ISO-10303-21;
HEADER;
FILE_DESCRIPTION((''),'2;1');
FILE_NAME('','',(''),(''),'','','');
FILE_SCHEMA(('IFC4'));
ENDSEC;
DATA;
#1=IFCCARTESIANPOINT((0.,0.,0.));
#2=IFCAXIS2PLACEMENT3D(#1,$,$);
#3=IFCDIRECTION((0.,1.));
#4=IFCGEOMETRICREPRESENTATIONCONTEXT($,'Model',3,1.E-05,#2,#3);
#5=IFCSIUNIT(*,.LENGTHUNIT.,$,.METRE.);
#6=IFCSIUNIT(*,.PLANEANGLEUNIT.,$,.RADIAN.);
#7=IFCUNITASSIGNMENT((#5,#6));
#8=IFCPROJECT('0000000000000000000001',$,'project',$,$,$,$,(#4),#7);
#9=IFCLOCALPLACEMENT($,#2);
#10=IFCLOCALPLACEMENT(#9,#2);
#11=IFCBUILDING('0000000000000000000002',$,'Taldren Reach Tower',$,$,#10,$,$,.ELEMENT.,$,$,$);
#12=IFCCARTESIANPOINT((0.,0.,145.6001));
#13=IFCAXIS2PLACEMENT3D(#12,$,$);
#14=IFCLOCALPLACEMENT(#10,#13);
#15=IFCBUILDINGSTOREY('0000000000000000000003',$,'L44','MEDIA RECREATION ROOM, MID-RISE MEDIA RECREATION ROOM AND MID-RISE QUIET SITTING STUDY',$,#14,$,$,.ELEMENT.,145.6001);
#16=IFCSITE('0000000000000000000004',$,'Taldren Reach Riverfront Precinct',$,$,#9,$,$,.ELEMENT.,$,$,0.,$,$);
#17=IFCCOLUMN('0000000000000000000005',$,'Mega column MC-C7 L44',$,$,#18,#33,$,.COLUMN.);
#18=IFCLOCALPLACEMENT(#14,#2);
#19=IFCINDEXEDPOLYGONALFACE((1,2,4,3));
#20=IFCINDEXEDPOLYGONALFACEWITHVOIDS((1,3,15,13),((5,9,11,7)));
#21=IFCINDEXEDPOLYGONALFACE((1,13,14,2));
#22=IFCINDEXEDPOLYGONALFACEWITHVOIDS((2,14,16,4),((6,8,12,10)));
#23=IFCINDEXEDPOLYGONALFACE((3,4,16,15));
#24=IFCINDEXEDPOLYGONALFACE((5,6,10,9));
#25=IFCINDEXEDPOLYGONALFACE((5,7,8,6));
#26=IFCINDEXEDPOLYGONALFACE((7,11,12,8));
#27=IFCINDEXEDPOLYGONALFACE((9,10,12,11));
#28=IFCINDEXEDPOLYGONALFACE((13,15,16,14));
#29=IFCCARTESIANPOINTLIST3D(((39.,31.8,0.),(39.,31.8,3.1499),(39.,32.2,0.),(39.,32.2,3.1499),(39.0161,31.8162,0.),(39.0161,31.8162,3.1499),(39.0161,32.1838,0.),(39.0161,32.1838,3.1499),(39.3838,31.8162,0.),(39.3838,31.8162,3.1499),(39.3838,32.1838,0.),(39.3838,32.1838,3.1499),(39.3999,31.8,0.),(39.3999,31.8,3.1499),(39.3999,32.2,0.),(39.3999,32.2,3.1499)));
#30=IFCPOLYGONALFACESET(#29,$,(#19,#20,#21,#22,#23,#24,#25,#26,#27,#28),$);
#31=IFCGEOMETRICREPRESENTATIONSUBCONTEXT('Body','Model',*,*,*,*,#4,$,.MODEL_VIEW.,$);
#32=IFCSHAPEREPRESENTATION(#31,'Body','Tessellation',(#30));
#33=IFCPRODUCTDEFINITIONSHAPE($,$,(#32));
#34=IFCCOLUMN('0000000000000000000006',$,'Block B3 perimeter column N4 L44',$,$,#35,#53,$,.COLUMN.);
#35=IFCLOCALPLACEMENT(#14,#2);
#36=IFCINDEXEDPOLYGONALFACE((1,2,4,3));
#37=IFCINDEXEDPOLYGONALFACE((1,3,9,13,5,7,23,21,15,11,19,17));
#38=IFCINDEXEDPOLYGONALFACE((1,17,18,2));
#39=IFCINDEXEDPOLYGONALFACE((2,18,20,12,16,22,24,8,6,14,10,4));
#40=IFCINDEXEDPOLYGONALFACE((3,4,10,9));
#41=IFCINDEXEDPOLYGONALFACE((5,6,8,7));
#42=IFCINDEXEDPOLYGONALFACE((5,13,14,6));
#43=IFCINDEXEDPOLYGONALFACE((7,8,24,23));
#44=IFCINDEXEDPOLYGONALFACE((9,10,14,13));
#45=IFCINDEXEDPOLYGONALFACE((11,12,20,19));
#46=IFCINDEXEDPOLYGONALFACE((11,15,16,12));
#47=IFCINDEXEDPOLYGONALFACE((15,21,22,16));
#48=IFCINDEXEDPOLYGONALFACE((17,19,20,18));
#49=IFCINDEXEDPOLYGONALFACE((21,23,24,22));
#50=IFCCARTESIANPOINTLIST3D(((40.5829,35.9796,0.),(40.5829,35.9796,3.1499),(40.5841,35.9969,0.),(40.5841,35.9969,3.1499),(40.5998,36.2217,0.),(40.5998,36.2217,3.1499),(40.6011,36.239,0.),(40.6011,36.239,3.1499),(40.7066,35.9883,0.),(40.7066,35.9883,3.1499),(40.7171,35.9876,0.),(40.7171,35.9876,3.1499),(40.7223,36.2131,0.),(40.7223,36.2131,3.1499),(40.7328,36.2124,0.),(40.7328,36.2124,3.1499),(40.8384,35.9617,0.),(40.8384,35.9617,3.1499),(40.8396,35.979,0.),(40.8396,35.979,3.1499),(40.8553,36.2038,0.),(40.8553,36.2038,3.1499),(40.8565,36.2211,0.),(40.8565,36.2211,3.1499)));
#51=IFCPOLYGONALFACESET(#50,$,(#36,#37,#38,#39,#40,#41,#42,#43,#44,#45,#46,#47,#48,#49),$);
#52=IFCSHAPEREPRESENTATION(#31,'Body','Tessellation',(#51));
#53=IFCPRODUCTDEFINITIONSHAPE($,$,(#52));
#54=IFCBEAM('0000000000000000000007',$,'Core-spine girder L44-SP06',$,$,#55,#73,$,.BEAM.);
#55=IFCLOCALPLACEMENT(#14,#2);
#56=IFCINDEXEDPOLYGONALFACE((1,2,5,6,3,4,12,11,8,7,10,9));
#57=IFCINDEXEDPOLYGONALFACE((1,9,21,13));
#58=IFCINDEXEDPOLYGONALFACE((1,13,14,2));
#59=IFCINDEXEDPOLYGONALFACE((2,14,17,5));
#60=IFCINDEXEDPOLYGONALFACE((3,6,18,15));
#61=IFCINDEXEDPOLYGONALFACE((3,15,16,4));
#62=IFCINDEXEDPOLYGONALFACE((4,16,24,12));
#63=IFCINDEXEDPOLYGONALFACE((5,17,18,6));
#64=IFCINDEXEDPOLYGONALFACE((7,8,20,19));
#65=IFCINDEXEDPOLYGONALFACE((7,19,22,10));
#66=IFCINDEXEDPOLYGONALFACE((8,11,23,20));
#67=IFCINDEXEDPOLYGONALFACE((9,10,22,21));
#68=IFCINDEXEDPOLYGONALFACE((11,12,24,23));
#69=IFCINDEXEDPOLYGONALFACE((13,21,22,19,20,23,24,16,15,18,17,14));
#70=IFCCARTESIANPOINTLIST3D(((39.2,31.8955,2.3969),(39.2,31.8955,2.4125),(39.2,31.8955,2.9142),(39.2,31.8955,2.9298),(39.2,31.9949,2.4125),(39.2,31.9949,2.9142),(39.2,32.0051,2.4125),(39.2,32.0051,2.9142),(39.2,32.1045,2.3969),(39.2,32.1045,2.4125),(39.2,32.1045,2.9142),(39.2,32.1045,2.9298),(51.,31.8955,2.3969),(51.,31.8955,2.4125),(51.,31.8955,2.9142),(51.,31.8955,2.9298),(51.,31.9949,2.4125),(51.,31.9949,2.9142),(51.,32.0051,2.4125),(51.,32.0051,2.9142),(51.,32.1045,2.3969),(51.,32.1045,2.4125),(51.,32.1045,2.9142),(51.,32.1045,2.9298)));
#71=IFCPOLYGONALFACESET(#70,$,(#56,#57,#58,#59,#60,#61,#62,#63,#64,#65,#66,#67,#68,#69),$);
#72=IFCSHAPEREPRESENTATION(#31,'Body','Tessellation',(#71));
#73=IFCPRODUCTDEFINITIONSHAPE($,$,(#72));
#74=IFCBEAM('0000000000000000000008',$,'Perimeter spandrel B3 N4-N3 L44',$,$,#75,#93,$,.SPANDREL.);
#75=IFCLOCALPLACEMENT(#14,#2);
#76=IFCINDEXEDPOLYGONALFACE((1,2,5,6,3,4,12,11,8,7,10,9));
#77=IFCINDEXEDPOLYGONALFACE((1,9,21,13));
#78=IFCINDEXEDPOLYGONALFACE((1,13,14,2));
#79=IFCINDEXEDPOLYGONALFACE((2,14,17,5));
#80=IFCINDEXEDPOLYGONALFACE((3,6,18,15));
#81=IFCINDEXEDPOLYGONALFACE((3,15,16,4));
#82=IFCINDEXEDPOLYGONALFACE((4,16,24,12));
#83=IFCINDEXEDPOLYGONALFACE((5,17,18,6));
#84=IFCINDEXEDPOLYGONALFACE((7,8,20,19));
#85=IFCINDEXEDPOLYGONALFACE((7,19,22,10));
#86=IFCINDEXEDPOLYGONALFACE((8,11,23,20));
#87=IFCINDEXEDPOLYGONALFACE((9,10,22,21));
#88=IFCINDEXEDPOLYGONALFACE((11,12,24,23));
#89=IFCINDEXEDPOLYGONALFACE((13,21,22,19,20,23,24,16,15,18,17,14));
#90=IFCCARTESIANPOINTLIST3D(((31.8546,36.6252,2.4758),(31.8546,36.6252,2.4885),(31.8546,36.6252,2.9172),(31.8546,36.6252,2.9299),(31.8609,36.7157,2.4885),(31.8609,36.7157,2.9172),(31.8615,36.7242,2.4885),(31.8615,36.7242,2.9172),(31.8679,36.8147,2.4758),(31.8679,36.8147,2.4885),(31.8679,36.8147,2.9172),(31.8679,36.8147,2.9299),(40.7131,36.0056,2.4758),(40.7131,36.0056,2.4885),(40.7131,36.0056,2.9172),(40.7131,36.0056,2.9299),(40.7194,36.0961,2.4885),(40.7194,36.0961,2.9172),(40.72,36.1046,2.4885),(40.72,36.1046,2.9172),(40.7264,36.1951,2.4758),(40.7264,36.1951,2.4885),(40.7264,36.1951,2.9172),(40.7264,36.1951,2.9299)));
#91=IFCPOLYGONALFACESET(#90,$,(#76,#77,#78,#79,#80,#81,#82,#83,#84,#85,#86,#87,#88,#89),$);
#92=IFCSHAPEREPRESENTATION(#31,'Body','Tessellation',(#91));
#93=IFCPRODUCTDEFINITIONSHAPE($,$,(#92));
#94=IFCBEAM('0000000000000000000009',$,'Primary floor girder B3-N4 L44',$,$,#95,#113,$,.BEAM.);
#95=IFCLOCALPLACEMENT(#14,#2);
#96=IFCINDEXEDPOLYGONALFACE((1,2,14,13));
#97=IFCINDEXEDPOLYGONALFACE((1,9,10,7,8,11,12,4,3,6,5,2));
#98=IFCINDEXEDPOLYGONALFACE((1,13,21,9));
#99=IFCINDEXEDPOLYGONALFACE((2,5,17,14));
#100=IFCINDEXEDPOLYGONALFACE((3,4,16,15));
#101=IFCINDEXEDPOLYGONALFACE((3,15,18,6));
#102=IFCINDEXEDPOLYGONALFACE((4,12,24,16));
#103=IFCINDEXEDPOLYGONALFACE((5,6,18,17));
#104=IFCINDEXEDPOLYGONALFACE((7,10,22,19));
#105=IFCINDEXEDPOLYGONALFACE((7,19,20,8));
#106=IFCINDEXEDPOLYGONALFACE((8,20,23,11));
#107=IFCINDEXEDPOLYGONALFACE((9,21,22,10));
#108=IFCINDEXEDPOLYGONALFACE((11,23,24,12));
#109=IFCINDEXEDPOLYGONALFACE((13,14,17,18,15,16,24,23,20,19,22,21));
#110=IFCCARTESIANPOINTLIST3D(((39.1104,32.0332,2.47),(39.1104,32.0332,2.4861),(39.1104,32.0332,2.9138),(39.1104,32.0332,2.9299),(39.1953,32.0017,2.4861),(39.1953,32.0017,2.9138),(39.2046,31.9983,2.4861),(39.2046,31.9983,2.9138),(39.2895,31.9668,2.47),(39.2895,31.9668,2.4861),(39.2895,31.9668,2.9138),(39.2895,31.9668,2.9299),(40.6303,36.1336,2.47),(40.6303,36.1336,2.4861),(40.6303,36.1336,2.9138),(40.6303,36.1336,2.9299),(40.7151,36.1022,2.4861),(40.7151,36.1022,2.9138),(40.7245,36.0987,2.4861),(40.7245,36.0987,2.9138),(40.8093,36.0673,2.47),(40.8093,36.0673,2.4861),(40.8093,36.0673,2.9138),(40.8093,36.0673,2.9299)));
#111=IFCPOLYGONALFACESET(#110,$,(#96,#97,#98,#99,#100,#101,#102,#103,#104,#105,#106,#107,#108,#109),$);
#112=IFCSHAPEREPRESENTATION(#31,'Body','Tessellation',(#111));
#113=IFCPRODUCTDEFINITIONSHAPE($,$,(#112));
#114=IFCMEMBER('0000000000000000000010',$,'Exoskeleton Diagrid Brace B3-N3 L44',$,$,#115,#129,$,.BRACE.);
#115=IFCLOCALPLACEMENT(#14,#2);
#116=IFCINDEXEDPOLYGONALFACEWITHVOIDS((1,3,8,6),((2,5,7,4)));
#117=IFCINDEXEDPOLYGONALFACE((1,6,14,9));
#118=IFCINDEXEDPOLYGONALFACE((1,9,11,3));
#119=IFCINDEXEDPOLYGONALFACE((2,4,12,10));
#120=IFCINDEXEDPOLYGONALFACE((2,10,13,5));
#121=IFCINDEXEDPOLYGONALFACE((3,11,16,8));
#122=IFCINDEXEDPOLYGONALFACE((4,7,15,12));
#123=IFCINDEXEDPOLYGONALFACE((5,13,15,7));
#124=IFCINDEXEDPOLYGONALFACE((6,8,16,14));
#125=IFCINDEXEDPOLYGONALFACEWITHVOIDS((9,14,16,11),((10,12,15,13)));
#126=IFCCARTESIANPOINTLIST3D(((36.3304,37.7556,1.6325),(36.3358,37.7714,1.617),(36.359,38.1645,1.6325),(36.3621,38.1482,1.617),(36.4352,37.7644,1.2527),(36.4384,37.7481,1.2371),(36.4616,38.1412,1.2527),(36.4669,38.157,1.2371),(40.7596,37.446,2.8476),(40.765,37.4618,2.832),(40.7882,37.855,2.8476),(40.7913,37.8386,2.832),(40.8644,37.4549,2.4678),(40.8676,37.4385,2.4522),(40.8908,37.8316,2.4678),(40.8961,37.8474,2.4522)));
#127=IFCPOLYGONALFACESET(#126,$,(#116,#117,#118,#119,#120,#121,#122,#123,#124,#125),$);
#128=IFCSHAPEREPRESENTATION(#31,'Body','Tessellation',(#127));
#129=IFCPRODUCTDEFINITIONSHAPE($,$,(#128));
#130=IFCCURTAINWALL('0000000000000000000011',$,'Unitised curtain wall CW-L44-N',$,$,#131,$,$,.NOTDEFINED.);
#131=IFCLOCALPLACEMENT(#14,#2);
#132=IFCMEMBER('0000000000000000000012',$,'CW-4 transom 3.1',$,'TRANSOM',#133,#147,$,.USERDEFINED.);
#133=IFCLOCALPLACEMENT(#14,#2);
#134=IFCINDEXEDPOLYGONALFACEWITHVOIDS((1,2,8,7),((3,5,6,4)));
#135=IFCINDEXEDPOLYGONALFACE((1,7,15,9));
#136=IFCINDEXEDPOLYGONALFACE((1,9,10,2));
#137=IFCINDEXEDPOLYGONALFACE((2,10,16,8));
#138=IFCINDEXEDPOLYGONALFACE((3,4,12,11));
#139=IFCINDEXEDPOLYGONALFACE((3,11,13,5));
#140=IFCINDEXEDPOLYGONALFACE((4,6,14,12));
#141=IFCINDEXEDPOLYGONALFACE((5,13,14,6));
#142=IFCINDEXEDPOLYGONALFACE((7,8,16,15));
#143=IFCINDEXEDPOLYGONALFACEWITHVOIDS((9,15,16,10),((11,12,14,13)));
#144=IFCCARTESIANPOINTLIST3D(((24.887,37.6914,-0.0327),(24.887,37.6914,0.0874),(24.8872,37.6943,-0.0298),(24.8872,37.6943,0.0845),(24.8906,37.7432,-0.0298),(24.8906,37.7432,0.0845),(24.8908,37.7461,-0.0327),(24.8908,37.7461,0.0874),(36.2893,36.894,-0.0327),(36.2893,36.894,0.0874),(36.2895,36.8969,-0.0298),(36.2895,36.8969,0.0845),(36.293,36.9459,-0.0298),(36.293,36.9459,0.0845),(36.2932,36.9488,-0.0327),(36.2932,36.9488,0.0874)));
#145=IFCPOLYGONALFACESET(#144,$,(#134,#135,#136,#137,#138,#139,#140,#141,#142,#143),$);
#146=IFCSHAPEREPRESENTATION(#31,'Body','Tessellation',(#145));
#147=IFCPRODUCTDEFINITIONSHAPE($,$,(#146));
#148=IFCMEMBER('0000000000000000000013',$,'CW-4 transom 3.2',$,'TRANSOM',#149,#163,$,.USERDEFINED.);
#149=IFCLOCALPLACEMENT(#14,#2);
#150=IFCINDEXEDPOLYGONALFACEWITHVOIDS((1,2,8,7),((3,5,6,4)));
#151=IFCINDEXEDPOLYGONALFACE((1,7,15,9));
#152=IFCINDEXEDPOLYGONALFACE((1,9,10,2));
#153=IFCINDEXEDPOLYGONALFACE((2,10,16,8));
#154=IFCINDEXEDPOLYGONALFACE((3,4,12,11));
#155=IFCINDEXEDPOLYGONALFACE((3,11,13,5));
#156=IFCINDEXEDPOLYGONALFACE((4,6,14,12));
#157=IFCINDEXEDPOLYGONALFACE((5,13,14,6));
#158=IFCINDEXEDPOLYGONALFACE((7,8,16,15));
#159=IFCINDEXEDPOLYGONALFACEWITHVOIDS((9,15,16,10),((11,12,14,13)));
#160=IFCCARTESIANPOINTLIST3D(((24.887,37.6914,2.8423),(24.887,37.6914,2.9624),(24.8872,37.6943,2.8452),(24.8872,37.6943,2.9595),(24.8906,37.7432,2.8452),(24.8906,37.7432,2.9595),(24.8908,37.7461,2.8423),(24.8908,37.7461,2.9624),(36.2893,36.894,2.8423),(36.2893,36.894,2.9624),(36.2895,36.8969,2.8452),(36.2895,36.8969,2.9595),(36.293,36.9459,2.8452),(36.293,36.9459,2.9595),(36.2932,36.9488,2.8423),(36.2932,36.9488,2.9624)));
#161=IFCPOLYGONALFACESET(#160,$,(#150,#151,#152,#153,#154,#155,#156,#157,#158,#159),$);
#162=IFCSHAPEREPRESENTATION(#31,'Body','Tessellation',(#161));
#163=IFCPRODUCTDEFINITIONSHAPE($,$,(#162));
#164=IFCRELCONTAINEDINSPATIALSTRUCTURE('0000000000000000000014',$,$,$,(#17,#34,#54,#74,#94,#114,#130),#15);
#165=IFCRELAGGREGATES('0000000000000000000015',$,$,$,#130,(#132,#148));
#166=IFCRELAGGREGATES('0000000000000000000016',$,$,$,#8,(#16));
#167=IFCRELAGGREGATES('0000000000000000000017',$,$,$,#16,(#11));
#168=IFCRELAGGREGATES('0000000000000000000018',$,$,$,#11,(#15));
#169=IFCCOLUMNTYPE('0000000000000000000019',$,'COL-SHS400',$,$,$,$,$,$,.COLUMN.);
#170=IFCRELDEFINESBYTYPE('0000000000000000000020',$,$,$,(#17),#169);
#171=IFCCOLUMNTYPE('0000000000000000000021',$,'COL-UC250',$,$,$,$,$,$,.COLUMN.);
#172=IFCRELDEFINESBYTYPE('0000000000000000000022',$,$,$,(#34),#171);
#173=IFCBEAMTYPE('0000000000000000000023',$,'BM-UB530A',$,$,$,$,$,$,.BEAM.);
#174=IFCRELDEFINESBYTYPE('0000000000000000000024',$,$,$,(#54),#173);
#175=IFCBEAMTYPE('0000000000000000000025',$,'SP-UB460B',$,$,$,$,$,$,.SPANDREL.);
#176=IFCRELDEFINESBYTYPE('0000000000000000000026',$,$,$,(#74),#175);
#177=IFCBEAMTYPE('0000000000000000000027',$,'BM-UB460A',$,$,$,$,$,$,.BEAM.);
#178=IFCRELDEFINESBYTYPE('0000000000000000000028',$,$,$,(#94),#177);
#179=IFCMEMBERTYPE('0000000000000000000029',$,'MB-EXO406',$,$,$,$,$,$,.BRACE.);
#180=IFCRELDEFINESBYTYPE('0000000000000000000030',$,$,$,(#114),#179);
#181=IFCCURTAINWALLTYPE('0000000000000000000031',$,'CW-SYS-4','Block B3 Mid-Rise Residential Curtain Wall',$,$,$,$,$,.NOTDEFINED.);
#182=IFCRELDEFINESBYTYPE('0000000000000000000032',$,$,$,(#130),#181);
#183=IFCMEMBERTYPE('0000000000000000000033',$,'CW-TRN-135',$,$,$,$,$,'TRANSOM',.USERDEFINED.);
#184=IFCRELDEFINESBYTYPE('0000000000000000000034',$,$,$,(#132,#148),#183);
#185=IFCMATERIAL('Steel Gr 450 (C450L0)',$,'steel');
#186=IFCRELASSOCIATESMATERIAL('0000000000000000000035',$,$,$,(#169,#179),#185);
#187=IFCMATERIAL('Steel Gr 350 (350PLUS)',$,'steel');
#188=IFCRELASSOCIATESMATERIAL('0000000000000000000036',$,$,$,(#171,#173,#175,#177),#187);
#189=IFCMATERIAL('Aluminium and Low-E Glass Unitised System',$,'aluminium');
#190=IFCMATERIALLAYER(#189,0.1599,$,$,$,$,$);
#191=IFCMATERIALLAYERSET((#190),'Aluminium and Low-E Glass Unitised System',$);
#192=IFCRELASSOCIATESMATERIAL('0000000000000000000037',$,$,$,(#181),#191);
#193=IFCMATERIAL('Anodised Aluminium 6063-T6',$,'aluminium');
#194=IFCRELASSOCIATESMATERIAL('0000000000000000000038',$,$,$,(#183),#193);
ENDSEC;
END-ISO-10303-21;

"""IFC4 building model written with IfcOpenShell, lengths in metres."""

from ifc_helpers import new_model, si_unit, direction, frame, origin, origin_2d, place, context, subcontext, project, spatial, hollow_rectangle, i_section, extrude, source, transform, mapped, material, layer, layer_set, material_profile, profile_set, type_object, element, aggregate, save


model = new_model("IFC4")

# Units and contexts
model_context = context("Model", 3, precision=1e-05, world=origin(), true_north=direction((0.0, 1.0)))
body_context = subcontext(model_context, "Body", "Model", "MODEL_VIEW")
ifc_project = project(units=[si_unit("LENGTHUNIT", "METRE"), si_unit("PLANEANGLEUNIT", "RADIAN")], contexts=[model_context])

# Site, building, storey
site_placement = place(None, origin())
site = spatial("IfcSite", under=ifc_project, at=site_placement, Name="Taldren Reach Riverfront Precinct", CompositionType="ELEMENT", RefElevation=0.0)
building_placement = place(site_placement, origin())
building = spatial("IfcBuilding", under=site, at=building_placement, Name="Taldren Reach Tower", CompositionType="ELEMENT")
storey_placement = place(building_placement, frame((0.0, 0.0, 145.6001)))
storey = spatial("IfcBuildingStorey", under=building, at=storey_placement, Name="L44", Description="MEDIA RECREATION ROOM, MID-RISE MEDIA RECREATION ROOM AND MID-RISE QUIET SITTING STUDY", CompositionType="ELEMENT", Elevation=145.6001)

# Columns
ifc_material_1 = material(Name="Steel Gr 450 (C450L0)", Category="steel")
ifc_material_profile_1 = material_profile(ifc_material_1, hollow_rectangle(XDim=0.3999, YDim=0.3999, WallThickness=0.0161, at=origin_2d()), Name="400x400x16.0SHS")
ifc_profile_set_1 = profile_set([ifc_material_profile_1], Name="Steel Gr 450 (C450L0)")
column_type_1 = type_object("IfcColumnType", Name="COL-SHS400", PredefinedType="COLUMN", material=ifc_profile_set_1)
shared_shape_1 = source(origin(), body_context, "Body", "SweptSolid", [
    extrude(hollow_rectangle(XDim=0.3999, YDim=0.3999, WallThickness=0.0161, at=origin_2d()), origin(), (0.0, 0.0, 1.0), 3.1499),
])
column_1_placement = place(storey_placement, frame((39.2, 32.0, 0.0), z_axis=(0.0, 0.0, 1.0), x_axis=(1.0, 0.0, 0.0)))
element("IfcColumn", 1, at=column_1_placement, inside=storey, type_object=column_type_1, Name="Mega column MC-C7 L44", PredefinedType="COLUMN", context=body_context, shape_type="MappedRepresentation", body=[
    mapped(shared_shape_1, transform((0.0, 0.0, 0.0), scale=1.0)),
])
ifc_material_2 = material(Name="Steel Gr 350 (350PLUS)", Category="steel")
ifc_material_profile_2 = material_profile(ifc_material_2, i_section(OverallWidth=0.2561, OverallDepth=0.26, WebThickness=0.0105, FlangeThickness=0.0173, at=origin_2d()), Name="250UC89.5")
ifc_profile_set_2 = profile_set([ifc_material_profile_2], Name="Steel Gr 350 (350PLUS)")
column_type_2 = type_object("IfcColumnType", Name="COL-UC250", PredefinedType="COLUMN", material=ifc_profile_set_2)
shared_shape_2 = source(origin(), body_context, "Body", "SweptSolid", [
    extrude(i_section(OverallWidth=0.2561, OverallDepth=0.26, WebThickness=0.0105, FlangeThickness=0.0173, at=origin_2d()), origin(), (0.0, 0.0, 1.0), 3.1499),
])
column_2_placement = place(storey_placement, frame((40.7197, 36.1003, 0.0), z_axis=(0.0, 0.0, 1.0), x_axis=(0.997564, -0.069756, 0.0)))
element("IfcColumn", 2, at=column_2_placement, inside=storey, type_object=column_type_2, Name="Block B3 perimeter column N4 L44", PredefinedType="COLUMN", context=body_context, shape_type="MappedRepresentation", body=[
    mapped(shared_shape_2, transform((0.0, 0.0, 0.0), scale=1.0)),
])

# Beams
ifc_material_profile_3 = material_profile(ifc_material_2, i_section(OverallWidth=0.209, OverallDepth=0.533, WebThickness=0.0103, FlangeThickness=0.0156, at=origin_2d()), Name="530UB92.4")
ifc_profile_set_3 = profile_set([ifc_material_profile_3], Name="Steel Gr 350 (350PLUS)")
beam_type_1 = type_object("IfcBeamType", Name="BM-UB530A", PredefinedType="BEAM", material=ifc_profile_set_3)
shared_shape_3 = source(origin(), body_context, "Body", "SweptSolid", [
    extrude(i_section(OverallWidth=0.209, OverallDepth=0.533, WebThickness=0.0103, FlangeThickness=0.0156, at=origin_2d()), origin(), (0.0, 0.0, 1.0), 11.8),
])
beam_1_placement = place(storey_placement, frame((39.2, 32.0, 2.6633), z_axis=(1.0, 0.0, 0.0), x_axis=(0.0, 1.0, 0.0)))
element("IfcBeam", 3, at=beam_1_placement, inside=storey, type_object=beam_type_1, Name="Core-spine girder L44-SP06", PredefinedType="BEAM", context=body_context, shape_type="MappedRepresentation", body=[
    mapped(shared_shape_3, transform((0.0, 0.0, 0.0), scale=1.0)),
])
ifc_material_profile_4 = material_profile(ifc_material_2, i_section(OverallWidth=0.1899, OverallDepth=0.4541, WebThickness=0.0085, FlangeThickness=0.0127, at=origin_2d()), Name="460UB67.1")
ifc_profile_set_4 = profile_set([ifc_material_profile_4], Name="Steel Gr 350 (350PLUS)")
beam_type_2 = type_object("IfcBeamType", Name="SP-UB460B", PredefinedType="SPANDREL", material=ifc_profile_set_4)
shared_shape_4 = source(origin(), body_context, "Body", "SweptSolid", [
    extrude(i_section(OverallWidth=0.1899, OverallDepth=0.4541, WebThickness=0.0085, FlangeThickness=0.0127, at=origin_2d()), origin(), (0.0, 0.0, 1.0), 8.8801),
])
beam_2_placement = place(storey_placement, frame((40.7197, 36.1003, 2.7029), z_axis=(-0.997563, 0.069778, 0.0), x_axis=(-0.069778, -0.997563, 0.0)))
element("IfcBeam", 4, at=beam_2_placement, inside=storey, type_object=beam_type_2, Name="Perimeter spandrel B3 N4-N3 L44", PredefinedType="SPANDREL", context=body_context, shape_type="MappedRepresentation", body=[
    mapped(shared_shape_4, transform((0.0, 0.0, 0.0), scale=1.0)),
])
ifc_material_profile_5 = material_profile(ifc_material_2, i_section(OverallWidth=0.1909, OverallDepth=0.46, WebThickness=0.01, FlangeThickness=0.0161, at=origin_2d()), Name="460UB82.1")
ifc_profile_set_5 = profile_set([ifc_material_profile_5], Name="Steel Gr 350 (350PLUS)")
beam_type_3 = type_object("IfcBeamType", Name="BM-UB460A", PredefinedType="BEAM", material=ifc_profile_set_5)
shared_shape_5 = source(origin(), body_context, "Body", "SweptSolid", [
    extrude(i_section(OverallWidth=0.1909, OverallDepth=0.46, WebThickness=0.01, FlangeThickness=0.0161, at=origin_2d()), origin(), (0.0, 0.0, 1.0), 4.373),
])
beam_3_placement = place(storey_placement, frame((39.2, 32.0, 2.7), z_axis=(0.347542, 0.937665, 0.0), x_axis=(-0.937665, 0.347542, 0.0)))
element("IfcBeam", 5, at=beam_3_placement, inside=storey, type_object=beam_type_3, Name="Primary floor girder B3-N4 L44", PredefinedType="BEAM", context=body_context, shape_type="MappedRepresentation", body=[
    mapped(shared_shape_5, transform((0.0, 0.0, 0.0), scale=1.0)),
])

# Member
ifc_material_profile_6 = material_profile(ifc_material_1, hollow_rectangle(XDim=0.4099, YDim=0.4099, WallThickness=0.0161, at=origin_2d()), Name="410x410x16.0SHS")
ifc_profile_set_6 = profile_set([ifc_material_profile_6], Name="Steel Gr 450 (C450L0)")
member_type_1 = type_object("IfcMemberType", Name="MB-EXO406", PredefinedType="BRACE", material=ifc_profile_set_6)
shared_shape_6 = source(origin(), body_context, "Body", "SweptSolid", [
    extrude(hollow_rectangle(XDim=0.4099, YDim=0.4099, WallThickness=0.0161, at=origin_2d()), origin(), (0.0, 0.0, 1.0), 4.6033),
])
member_1_placement = place(storey_placement, frame((36.3987, 37.9563, 1.4348), z_axis=(0.962186, -0.06725, 0.263962), x_axis=(0.069723, 0.997566, 0.0)))
element("IfcMember", 6, at=member_1_placement, inside=storey, type_object=member_type_1, Name="Exoskeleton Diagrid Brace B3-N3 L44", PredefinedType="BRACE", context=body_context, shape_type="MappedRepresentation", body=[
    mapped(shared_shape_6, transform((0.0, 0.0, 0.0), scale=1.0)),
])

# Curtain wall, members
ifc_material_3 = material(Name="Aluminium and Low-E Glass Unitised System", Category="aluminium")
ifc_layer_1 = layer(ifc_material_3, 0.1599)
ifc_layer_set_1 = layer_set([ifc_layer_1], Name="Aluminium and Low-E Glass Unitised System")
curtain_wall_type = type_object("IfcCurtainWallType", Name="CW-SYS-4", Description="Block B3 Mid-Rise Residential Curtain Wall", PredefinedType="NOTDEFINED", material=ifc_layer_set_1)
curtain_wall_placement = place(storey_placement, origin())
curtain_wall = element("IfcCurtainWall", 7, at=curtain_wall_placement, inside=storey, type_object=curtain_wall_type, Name="Unitised curtain wall CW-L44-N", PredefinedType="NOTDEFINED")
ifc_material_4 = material(Name="Anodised Aluminium 6063-T6", Category="aluminium")
ifc_material_profile_7 = material_profile(ifc_material_4, hollow_rectangle(XDim=0.0549, YDim=0.1201, WallThickness=0.0029, at=origin_2d()), Name="ALU-120x55x3RHS")
ifc_profile_set_7 = profile_set([ifc_material_profile_7], Name="Anodised Aluminium 6063-T6")
member_type_2 = type_object("IfcMemberType", Name="CW-TRN-135", ElementType="TRANSOM", PredefinedType="USERDEFINED", material=ifc_profile_set_7)
shared_shape_7 = source(origin(), body_context, "Body", "SweptSolid", [
    extrude(hollow_rectangle(XDim=0.0549, YDim=0.1201, WallThickness=0.0029, at=origin_2d()), origin(), (0.0, 0.0, 1.0), 11.4302),
])
member_2_placement = place(storey_placement, frame((36.2913, 36.9214, 0.0273), z_axis=(-0.997564, 0.069759, 0.0), x_axis=(-0.069759, -0.997564, 0.0)))
member_2 = element("IfcMember", 8, at=member_2_placement, type_object=member_type_2, Name="CW-4 transom 3.1", ObjectType="TRANSOM", PredefinedType="USERDEFINED", context=body_context, shape_type="MappedRepresentation", body=[
    mapped(shared_shape_7, transform((0.0, 0.0, 0.0), scale=1.0)),
])
member_3_placement = place(storey_placement, frame((36.2913, 36.9214, 2.9023), z_axis=(-0.997564, 0.069759, 0.0), x_axis=(-0.069759, -0.997564, 0.0)))
member_3 = element("IfcMember", 9, at=member_3_placement, type_object=member_type_2, Name="CW-4 transom 3.2", ObjectType="TRANSOM", PredefinedType="USERDEFINED", context=body_context, shape_type="MappedRepresentation", body=[
    mapped(shared_shape_7, transform((0.0, 0.0, 0.0), scale=1.0)),
])
aggregate(curtain_wall, [member_2, member_3])

save(model, "model.ifc")
